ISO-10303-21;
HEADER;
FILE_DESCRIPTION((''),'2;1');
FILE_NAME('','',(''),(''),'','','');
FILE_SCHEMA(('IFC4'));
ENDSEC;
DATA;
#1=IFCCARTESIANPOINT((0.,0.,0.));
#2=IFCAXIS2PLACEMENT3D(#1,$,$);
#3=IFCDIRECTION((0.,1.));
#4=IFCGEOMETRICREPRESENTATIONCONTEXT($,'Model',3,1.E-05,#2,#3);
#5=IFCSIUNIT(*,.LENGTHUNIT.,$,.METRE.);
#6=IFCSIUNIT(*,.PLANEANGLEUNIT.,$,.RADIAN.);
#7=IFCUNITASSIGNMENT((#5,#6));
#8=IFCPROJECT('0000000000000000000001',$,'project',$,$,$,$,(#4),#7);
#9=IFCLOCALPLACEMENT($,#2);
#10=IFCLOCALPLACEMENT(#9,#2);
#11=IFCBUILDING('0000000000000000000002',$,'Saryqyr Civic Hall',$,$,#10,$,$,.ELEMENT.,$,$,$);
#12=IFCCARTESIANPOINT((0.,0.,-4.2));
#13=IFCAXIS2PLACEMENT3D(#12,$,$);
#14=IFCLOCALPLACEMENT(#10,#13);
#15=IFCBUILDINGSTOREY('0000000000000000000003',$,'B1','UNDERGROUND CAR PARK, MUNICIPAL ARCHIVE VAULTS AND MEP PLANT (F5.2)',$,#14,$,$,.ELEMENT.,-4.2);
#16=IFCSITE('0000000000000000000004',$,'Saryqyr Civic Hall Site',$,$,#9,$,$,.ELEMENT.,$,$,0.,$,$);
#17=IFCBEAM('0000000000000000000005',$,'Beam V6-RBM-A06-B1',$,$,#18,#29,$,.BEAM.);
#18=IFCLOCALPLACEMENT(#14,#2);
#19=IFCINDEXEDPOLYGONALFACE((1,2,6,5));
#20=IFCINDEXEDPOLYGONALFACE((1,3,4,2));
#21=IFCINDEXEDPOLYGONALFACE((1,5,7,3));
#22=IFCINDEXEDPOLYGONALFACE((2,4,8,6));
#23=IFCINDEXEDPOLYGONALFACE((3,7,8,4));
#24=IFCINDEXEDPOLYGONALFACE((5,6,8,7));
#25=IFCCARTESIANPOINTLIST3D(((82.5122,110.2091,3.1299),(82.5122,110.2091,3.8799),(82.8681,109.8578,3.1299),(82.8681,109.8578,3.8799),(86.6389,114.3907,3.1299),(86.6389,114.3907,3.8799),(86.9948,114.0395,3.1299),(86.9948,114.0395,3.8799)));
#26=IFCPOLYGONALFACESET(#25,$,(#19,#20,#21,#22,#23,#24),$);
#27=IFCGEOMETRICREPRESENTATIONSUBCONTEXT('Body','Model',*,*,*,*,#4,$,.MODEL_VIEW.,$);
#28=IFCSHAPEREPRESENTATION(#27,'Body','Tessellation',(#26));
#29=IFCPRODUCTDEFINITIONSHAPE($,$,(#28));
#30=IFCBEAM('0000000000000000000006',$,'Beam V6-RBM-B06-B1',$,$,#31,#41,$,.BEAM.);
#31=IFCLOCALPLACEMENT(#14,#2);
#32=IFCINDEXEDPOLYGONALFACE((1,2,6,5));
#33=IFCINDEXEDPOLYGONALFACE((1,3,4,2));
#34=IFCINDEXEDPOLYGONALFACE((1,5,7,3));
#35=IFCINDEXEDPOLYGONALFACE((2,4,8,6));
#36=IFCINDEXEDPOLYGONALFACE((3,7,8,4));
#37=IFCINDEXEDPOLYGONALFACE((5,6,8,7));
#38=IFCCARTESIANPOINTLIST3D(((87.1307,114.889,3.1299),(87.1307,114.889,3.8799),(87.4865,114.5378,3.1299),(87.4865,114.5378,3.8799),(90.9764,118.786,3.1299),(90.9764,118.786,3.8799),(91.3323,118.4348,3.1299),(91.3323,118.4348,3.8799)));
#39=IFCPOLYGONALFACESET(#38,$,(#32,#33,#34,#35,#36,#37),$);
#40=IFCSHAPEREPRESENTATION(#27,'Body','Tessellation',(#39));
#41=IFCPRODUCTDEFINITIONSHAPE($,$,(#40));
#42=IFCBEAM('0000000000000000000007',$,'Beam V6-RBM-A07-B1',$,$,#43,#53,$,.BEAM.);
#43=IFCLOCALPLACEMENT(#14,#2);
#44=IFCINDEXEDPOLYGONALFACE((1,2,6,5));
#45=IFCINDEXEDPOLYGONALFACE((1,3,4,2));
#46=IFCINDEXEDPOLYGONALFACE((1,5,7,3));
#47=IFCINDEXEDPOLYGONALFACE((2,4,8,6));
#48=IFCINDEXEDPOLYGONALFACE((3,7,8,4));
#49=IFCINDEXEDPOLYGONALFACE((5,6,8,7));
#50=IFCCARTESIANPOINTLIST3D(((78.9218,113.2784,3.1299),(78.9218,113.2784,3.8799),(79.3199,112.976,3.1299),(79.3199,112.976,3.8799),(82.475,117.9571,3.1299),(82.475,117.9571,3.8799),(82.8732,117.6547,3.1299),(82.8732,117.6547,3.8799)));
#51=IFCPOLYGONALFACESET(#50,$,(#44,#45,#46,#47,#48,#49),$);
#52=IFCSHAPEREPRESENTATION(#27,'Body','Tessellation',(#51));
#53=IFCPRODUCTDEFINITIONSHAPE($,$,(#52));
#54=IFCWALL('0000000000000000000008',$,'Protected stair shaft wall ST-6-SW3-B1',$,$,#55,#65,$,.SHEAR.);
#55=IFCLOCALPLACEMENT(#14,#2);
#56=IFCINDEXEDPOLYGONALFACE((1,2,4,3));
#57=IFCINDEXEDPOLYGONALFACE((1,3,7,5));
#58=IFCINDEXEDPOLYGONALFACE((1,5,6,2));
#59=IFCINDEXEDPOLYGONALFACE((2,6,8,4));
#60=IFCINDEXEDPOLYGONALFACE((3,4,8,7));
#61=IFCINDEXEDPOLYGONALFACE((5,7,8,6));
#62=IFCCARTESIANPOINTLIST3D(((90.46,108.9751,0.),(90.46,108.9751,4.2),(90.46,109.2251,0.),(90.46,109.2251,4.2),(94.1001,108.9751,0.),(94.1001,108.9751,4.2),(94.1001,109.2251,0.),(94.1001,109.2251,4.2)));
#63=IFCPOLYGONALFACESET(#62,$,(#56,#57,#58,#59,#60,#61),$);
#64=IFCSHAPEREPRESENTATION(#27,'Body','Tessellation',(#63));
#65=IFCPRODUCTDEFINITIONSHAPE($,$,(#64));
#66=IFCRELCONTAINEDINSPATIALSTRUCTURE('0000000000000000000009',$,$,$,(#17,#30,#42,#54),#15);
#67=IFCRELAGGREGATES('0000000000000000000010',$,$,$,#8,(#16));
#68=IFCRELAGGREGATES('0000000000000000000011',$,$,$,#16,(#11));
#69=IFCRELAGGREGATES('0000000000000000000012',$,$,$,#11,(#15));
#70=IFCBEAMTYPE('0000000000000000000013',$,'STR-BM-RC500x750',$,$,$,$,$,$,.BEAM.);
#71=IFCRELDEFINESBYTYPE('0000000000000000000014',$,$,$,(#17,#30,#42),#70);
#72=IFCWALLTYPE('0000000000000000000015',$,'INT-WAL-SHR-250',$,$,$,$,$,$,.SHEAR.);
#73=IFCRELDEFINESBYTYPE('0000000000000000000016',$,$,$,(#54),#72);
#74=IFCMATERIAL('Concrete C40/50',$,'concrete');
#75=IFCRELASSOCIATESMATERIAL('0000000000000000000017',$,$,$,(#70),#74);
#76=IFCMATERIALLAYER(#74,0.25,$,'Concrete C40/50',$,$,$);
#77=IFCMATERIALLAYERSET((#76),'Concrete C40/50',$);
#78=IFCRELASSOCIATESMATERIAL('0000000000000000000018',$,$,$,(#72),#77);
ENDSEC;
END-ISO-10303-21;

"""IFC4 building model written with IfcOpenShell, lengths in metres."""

from ifc_helpers import new_model, si_unit, direction, frame, frame_2d, origin, origin_2d, place, context, subcontext, project, spatial, rectangle, extrude, material, layer, layer_set, material_profile, profile_set, type_object, element, save


model = new_model("IFC4")

# Units and contexts
model_context = context("Model", 3, precision=1e-05, world=origin(), true_north=direction((0.0, 1.0)))
body_context = subcontext(model_context, "Body", "Model", "MODEL_VIEW")
ifc_project = project(units=[si_unit("LENGTHUNIT", "METRE"), si_unit("PLANEANGLEUNIT", "RADIAN")], contexts=[model_context])

# Site, building, storey
site_placement = place(None, origin())
site = spatial("IfcSite", under=ifc_project, at=site_placement, Name="Saryqyr Civic Hall Site", CompositionType="ELEMENT", RefElevation=0.0)
building_placement = place(site_placement, origin())
building = spatial("IfcBuilding", under=site, at=building_placement, Name="Saryqyr Civic Hall", CompositionType="ELEMENT")
storey_placement = place(building_placement, frame((0.0, 0.0, -4.2)))
storey = spatial("IfcBuildingStorey", under=building, at=storey_placement, Name="B1", Description="UNDERGROUND CAR PARK, MUNICIPAL ARCHIVE VAULTS AND MEP PLANT (F5.2)", CompositionType="ELEMENT", Elevation=-4.2)

# Shared definitions
ifc_material_1 = material(Name="Concrete C40/50", Category="concrete")

# Beams
ifc_material_profile_1 = material_profile(ifc_material_1, rectangle(XDim=0.5, YDim=0.75, at=origin_2d()), Name="RC 500x750")
ifc_profile_set_1 = profile_set([ifc_material_profile_1], Name="Concrete C40/50")
beam_type_1 = type_object("IfcBeamType", Name="STR-BM-RC500x750", PredefinedType="BEAM", material=ifc_profile_set_1)
beam_1_placement = place(storey_placement, frame((82.6902, 110.0334, 3.5049), z_axis=(0.702416, 0.711766, 0.0), x_axis=(-0.711766, 0.702416, 0.0)))
element("IfcBeam", 1, at=beam_1_placement, inside=storey, type_object=beam_type_1, Name="Beam V6-RBM-A06-B1", PredefinedType="BEAM", context=body_context, shape_type="SweptSolid", body=[
    extrude(rectangle(XDim=0.5, YDim=0.75, at=origin_2d()), origin(), (0.0, 0.0, 1.0), 5.875),
])
beam_2_placement = place(storey_placement, frame((87.3086, 114.7134, 3.5049), z_axis=(0.702409, 0.711773, 0.0), x_axis=(-0.711773, 0.702409, 0.0)))
element("IfcBeam", 2, at=beam_2_placement, inside=storey, type_object=beam_type_1, Name="Beam V6-RBM-B06-B1", PredefinedType="BEAM", context=body_context, shape_type="SweptSolid", body=[
    extrude(rectangle(XDim=0.5, YDim=0.75, at=origin_2d()), origin(), (0.0, 0.0, 1.0), 5.4751),
])
beam_3_placement = place(storey_placement, frame((79.1208, 113.1272, 3.5049), z_axis=(0.604803, 0.796375, 0.0), x_axis=(-0.796375, 0.604803, 0.0)))
element("IfcBeam", 3, at=beam_3_placement, inside=storey, type_object=beam_type_1, Name="Beam V6-RBM-A07-B1", PredefinedType="BEAM", context=body_context, shape_type="SweptSolid", body=[
    extrude(rectangle(XDim=0.5, YDim=0.75, at=origin_2d()), origin(), (0.0, 0.0, 1.0), 5.875),
])

# Wall
ifc_layer = layer(ifc_material_1, 0.25, Name="Concrete C40/50")
ifc_layer_set = layer_set([ifc_layer], Name="Concrete C40/50")
wall_type = type_object("IfcWallType", Name="INT-WAL-SHR-250", PredefinedType="SHEAR", material=ifc_layer_set)
wall_placement = place(storey_placement, frame((90.46, 109.1001, 0.0), z_axis=(0.0, 0.0, 1.0), x_axis=(1.0, 0.0, 0.0)))
element("IfcWall", 4, at=wall_placement, inside=storey, type_object=wall_type, Name="Protected stair shaft wall ST-6-SW3-B1", PredefinedType="SHEAR", context=body_context, shape_type="SweptSolid", body=[
    extrude(rectangle(XDim=3.6401, YDim=0.25, at=frame_2d((1.8201, 0.0))), origin(), (0.0, 0.0, 1.0), 4.2),
])

save(model, "model.ifc")
